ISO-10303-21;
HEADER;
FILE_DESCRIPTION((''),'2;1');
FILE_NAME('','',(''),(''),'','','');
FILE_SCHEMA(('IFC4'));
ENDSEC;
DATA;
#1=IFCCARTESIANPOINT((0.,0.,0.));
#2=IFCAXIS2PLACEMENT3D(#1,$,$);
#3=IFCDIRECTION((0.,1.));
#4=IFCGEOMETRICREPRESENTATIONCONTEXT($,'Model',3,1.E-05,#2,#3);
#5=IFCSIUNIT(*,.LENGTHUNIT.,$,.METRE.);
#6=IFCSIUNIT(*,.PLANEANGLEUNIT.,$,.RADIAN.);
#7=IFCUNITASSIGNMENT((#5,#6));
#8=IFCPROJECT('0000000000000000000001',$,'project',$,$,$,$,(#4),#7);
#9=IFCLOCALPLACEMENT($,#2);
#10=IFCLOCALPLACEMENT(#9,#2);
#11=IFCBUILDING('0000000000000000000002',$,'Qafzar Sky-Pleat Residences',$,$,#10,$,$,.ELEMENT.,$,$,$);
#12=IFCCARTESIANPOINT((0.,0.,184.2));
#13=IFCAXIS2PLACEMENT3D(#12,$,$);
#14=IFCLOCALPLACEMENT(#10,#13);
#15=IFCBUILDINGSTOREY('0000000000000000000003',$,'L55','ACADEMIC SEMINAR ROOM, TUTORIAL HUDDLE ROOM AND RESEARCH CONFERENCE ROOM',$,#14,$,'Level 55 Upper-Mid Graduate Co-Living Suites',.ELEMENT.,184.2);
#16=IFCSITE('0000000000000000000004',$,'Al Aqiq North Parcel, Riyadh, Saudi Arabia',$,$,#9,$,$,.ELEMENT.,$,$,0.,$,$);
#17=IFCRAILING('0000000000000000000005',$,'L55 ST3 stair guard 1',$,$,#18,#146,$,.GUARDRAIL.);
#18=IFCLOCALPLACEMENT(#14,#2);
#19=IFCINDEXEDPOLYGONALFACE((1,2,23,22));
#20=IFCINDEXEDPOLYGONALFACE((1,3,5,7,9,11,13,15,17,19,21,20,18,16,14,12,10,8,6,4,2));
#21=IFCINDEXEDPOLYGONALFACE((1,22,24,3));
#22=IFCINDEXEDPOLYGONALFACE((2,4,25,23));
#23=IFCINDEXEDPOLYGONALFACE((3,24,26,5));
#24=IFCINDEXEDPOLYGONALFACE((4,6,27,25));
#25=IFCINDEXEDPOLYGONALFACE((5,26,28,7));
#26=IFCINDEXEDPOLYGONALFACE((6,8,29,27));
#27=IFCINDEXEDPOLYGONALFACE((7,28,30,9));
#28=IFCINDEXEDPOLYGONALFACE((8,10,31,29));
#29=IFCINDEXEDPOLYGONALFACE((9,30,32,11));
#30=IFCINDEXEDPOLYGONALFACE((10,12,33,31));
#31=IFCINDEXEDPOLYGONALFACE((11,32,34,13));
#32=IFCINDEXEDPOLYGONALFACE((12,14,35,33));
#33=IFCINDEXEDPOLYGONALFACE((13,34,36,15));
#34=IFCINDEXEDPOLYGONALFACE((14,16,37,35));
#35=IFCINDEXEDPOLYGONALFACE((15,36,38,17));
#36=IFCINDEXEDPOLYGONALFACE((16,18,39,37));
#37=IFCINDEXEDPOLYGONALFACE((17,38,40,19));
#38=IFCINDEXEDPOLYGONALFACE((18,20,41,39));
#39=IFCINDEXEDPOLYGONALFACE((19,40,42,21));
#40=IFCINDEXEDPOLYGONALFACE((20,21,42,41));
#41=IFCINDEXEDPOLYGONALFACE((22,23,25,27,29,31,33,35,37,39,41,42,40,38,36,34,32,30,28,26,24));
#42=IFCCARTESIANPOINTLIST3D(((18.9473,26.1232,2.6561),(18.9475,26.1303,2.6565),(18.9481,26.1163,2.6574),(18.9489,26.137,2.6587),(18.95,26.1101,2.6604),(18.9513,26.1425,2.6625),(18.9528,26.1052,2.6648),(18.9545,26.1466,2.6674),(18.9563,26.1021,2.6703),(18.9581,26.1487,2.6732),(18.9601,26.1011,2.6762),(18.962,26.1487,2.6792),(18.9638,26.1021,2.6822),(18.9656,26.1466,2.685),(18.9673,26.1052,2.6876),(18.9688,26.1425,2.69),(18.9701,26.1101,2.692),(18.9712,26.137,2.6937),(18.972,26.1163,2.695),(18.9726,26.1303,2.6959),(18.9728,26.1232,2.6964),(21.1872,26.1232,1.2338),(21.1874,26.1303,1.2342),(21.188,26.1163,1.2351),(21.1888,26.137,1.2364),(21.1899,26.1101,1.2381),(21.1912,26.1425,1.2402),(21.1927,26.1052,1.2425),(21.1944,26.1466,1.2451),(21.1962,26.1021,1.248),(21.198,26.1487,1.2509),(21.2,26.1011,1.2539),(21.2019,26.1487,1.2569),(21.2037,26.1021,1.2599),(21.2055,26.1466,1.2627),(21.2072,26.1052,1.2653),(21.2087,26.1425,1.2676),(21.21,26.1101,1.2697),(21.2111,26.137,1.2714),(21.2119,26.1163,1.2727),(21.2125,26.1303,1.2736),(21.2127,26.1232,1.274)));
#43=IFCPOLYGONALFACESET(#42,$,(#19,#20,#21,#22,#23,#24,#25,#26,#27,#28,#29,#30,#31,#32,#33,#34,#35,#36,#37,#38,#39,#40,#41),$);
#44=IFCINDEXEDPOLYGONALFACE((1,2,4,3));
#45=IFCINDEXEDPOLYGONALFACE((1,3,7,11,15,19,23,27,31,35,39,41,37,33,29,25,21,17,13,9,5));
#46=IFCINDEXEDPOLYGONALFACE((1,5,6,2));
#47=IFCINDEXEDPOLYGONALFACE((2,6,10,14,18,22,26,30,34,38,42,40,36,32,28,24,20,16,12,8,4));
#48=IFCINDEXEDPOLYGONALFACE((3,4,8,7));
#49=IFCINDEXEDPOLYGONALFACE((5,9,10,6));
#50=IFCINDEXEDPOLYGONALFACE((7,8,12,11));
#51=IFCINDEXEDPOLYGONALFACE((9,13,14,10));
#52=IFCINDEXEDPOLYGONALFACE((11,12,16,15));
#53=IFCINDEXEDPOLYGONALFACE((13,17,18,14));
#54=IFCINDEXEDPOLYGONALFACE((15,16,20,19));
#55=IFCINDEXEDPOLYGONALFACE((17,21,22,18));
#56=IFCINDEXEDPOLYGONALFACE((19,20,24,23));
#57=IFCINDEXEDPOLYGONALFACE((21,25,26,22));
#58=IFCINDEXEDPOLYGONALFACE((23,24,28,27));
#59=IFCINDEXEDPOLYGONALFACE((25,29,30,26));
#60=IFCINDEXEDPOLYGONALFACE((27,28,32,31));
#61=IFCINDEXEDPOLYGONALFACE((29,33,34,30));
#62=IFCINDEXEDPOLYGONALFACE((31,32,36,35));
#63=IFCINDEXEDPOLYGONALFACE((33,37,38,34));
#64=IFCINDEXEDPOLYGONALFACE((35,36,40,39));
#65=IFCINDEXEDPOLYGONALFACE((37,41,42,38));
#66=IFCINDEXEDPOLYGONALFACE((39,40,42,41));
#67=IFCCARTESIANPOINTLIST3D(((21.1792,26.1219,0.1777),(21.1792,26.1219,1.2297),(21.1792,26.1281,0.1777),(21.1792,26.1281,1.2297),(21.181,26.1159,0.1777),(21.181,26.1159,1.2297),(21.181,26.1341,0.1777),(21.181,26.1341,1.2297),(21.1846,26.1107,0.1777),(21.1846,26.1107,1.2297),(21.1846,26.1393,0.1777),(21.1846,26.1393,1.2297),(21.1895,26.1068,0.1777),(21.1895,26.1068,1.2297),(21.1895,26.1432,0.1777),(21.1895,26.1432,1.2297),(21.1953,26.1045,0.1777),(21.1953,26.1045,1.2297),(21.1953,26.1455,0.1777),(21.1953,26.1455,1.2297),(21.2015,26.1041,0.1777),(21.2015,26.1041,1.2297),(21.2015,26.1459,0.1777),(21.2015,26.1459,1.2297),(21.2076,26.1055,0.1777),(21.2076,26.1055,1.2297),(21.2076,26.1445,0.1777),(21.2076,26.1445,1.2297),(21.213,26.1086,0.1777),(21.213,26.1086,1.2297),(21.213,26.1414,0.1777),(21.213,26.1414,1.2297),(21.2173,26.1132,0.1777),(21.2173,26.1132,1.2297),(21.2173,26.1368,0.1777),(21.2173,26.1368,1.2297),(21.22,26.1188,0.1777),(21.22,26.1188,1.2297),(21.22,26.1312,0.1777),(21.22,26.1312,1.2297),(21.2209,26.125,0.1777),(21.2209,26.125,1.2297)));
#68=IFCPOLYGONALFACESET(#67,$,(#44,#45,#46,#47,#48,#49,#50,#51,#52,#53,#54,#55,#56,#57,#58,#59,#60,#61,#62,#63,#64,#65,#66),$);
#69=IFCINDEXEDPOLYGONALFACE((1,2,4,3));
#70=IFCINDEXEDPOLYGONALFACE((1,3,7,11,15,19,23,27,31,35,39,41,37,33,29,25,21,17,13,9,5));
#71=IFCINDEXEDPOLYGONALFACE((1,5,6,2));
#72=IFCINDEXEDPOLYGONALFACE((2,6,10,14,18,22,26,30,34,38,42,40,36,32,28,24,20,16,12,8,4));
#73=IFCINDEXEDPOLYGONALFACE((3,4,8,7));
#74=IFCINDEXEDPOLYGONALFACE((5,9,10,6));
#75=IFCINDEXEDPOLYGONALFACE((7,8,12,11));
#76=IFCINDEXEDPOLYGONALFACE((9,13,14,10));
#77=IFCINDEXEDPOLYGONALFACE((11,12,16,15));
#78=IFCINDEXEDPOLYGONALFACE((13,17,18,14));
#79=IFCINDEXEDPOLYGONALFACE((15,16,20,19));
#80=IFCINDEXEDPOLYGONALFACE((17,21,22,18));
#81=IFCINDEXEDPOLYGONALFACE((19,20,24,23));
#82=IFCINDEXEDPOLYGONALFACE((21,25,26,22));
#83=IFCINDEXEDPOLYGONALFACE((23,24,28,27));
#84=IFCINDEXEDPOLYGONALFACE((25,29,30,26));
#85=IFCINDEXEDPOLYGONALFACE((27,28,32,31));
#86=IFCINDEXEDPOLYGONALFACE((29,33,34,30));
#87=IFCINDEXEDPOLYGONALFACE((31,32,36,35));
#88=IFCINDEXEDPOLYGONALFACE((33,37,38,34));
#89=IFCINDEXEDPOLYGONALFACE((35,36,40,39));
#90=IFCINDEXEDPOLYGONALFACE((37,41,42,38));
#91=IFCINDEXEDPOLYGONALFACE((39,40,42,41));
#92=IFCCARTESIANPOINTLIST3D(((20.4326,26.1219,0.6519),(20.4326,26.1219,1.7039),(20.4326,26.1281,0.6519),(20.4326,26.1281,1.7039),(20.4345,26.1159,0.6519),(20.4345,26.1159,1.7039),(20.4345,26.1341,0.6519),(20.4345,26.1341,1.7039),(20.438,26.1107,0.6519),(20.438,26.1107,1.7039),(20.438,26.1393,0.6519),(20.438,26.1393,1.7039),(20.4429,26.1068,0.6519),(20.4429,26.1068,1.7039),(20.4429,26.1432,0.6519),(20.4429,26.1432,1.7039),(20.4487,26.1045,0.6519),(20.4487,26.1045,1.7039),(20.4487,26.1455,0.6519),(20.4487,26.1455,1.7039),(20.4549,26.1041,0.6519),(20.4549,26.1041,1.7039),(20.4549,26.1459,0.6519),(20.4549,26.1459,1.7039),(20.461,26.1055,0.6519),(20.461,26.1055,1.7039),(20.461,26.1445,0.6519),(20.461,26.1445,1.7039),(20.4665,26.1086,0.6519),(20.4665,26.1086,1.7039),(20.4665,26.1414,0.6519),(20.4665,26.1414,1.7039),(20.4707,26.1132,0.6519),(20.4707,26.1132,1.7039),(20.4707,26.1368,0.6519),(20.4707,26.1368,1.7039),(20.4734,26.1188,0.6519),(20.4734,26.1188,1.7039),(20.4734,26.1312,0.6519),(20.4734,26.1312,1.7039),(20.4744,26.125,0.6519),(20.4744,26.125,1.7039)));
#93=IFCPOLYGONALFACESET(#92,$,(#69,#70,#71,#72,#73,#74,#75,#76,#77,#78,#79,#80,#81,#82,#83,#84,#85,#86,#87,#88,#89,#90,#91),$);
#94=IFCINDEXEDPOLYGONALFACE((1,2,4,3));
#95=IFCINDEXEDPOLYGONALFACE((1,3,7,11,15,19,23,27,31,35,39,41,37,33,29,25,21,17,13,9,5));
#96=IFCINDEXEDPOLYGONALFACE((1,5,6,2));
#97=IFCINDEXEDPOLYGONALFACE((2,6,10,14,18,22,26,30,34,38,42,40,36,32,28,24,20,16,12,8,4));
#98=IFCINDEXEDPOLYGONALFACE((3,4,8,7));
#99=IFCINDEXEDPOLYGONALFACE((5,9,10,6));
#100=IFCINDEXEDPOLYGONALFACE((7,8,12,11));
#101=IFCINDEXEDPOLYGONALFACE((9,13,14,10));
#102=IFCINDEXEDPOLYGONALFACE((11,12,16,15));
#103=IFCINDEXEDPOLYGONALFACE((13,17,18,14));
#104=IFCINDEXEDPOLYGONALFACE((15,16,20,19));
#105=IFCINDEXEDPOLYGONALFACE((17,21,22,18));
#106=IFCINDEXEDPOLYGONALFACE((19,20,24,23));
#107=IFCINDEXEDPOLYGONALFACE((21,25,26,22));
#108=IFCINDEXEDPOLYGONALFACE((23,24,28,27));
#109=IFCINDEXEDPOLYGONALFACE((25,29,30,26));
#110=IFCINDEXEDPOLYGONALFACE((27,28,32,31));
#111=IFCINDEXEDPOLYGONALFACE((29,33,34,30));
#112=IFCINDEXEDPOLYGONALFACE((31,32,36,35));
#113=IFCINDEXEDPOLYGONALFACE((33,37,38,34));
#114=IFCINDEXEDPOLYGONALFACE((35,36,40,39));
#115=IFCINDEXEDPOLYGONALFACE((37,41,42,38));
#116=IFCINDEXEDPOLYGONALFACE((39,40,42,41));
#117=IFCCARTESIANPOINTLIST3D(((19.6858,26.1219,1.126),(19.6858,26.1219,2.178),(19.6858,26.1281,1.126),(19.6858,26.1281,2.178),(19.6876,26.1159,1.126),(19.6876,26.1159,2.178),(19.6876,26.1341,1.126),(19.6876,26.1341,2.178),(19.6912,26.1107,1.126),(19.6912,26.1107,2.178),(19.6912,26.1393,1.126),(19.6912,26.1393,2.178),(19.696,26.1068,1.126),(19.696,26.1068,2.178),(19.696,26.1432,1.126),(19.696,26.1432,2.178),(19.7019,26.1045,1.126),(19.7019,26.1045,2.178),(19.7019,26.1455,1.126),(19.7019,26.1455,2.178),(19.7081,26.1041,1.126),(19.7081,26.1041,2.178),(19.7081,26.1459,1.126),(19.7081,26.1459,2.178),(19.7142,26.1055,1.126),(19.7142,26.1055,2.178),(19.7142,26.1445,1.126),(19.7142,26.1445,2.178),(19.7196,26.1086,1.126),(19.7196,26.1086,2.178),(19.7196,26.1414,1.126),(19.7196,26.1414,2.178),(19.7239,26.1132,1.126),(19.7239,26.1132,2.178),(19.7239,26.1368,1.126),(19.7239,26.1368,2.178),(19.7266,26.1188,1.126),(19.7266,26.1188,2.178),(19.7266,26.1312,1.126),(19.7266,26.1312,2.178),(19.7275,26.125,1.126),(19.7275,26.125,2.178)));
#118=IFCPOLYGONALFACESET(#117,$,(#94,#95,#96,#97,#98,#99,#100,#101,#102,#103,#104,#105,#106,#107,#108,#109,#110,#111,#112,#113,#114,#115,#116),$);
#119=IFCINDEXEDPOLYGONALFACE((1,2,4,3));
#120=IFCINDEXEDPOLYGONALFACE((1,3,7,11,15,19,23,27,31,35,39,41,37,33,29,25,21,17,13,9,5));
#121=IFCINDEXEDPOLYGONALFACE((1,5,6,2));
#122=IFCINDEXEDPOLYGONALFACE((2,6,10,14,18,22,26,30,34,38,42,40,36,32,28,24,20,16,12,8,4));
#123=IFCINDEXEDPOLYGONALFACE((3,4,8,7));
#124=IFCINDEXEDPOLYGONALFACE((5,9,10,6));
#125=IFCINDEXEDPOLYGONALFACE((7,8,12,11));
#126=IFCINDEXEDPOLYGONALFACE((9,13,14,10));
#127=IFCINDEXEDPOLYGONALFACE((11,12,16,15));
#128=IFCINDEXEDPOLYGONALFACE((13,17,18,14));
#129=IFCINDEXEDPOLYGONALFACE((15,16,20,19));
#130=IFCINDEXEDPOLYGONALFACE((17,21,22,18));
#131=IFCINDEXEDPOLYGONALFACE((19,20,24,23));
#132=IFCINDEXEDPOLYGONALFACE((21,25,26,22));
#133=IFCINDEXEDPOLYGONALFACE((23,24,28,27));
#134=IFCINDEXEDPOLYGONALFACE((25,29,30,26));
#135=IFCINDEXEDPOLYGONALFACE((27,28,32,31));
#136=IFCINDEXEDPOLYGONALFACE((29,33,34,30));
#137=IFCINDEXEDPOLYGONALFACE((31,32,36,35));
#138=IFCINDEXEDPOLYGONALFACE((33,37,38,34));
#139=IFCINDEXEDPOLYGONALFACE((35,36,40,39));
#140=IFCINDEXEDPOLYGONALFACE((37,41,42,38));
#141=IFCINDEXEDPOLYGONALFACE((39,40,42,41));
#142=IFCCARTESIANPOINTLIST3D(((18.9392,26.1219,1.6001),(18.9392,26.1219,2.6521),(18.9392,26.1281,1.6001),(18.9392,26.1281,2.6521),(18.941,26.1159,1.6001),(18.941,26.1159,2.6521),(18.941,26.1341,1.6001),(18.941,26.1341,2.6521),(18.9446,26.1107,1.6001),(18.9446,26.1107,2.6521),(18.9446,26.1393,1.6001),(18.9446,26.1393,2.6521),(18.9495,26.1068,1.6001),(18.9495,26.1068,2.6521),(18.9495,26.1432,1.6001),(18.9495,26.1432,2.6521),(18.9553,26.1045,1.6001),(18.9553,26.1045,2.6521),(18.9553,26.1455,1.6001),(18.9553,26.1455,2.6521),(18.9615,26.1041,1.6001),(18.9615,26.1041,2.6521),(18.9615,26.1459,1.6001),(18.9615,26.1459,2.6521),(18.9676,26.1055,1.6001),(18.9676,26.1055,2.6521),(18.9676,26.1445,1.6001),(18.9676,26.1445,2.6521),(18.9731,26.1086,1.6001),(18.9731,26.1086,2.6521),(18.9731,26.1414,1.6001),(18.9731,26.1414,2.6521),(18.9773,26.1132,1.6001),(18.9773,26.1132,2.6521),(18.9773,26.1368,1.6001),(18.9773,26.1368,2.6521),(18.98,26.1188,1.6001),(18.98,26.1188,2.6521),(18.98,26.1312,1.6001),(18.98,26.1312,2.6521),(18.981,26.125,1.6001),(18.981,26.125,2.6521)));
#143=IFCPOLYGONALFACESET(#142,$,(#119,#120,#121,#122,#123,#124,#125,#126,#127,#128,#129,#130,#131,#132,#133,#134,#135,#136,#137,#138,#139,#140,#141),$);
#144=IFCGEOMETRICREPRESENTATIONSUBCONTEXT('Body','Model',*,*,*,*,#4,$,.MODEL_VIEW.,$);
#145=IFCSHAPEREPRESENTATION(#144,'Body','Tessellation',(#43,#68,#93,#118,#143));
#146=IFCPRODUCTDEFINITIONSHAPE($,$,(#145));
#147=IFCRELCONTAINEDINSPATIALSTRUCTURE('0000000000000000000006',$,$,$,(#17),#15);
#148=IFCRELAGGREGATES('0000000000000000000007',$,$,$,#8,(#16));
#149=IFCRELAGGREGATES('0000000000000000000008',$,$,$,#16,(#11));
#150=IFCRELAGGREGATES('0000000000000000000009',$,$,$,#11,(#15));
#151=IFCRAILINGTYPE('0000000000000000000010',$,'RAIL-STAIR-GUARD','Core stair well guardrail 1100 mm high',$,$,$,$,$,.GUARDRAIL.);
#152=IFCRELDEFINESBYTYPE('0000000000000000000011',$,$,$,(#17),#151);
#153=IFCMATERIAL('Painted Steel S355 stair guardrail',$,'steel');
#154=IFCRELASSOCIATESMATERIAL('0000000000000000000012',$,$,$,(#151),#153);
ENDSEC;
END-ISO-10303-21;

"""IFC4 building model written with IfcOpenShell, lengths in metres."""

from ifc_helpers import new_model, si_unit, direction, frame, origin, origin_2d, place, context, subcontext, project, spatial, circle, extrude, source, transform, mapped, material, type_object, element, save


model = new_model("IFC4")

# Units and contexts
model_context = context("Model", 3, precision=1e-05, world=origin(), true_north=direction((0.0, 1.0)))
body_context = subcontext(model_context, "Body", "Model", "MODEL_VIEW")
ifc_project = project(units=[si_unit("LENGTHUNIT", "METRE"), si_unit("PLANEANGLEUNIT", "RADIAN")], contexts=[model_context])

# Site, building, storey
site_placement = place(None, origin())
site = spatial("IfcSite", under=ifc_project, at=site_placement, Name="Al Aqiq North Parcel, Riyadh, Saudi Arabia", CompositionType="ELEMENT", RefElevation=0.0)
building_placement = place(site_placement, origin())
building = spatial("IfcBuilding", under=site, at=building_placement, Name="Qafzar Sky-Pleat Residences", CompositionType="ELEMENT")
storey_placement = place(building_placement, frame((0.0, 0.0, 184.2)))
storey = spatial("IfcBuildingStorey", under=building, at=storey_placement, Name="L55", Description="ACADEMIC SEMINAR ROOM, TUTORIAL HUDDLE ROOM AND RESEARCH CONFERENCE ROOM", LongName="Level 55 Upper-Mid Graduate Co-Living Suites", CompositionType="ELEMENT", Elevation=184.2)

# Railing
ifc_material_1 = material(Name="Painted Steel S355 stair guardrail", Category="steel")
railing_type_1 = type_object("IfcRailingType", Name="RAIL-STAIR-GUARD", Description="Core stair well guardrail 1100 mm high", PredefinedType="GUARDRAIL", material=ifc_material_1)
shared_shape_1 = source(origin(), body_context, "Body", "SweptSolid", [
    extrude(circle(Radius=0.0239, at=origin_2d()), frame((0.0, 0.0, 1.0762), z_axis=(-0.844188, 0.0, 0.536048), x_axis=(0.0, -1.0, 0.0)), (0.0, 0.0, 1.0), 2.6533),
    extrude(circle(Radius=0.021, at=origin_2d()), origin(), (0.0, 0.0, 1.0), 1.052),
    extrude(circle(Radius=0.021, at=origin_2d()), frame((-0.7466, 0.0, 0.4741)), (0.0, 0.0, 1.0), 1.052),
    extrude(circle(Radius=0.021, at=origin_2d()), frame((-1.4934, 0.0, 0.9482)), (0.0, 0.0, 1.0), 1.052),
    extrude(circle(Radius=0.021, at=origin_2d()), frame((-2.24, 0.0, 1.4224)), (0.0, 0.0, 1.0), 1.052),
])
railing_1_placement = place(storey_placement, frame((21.2, 26.125, 0.1777)))
element("IfcRailing", 1, at=railing_1_placement, inside=storey, type_object=railing_type_1, Name="L55 ST3 stair guard 1", PredefinedType="GUARDRAIL", context=body_context, shape_type="MappedRepresentation", body=[
    mapped(shared_shape_1, transform((0.0, 0.0, 0.0), x_axis=(1.0, 0.0, 0.0), y_axis=(0.0, 1.0, 0.0), z_axis=(0.0, 0.0, 1.0), scale=1.0)),
])

save(model, "model.ifc")
